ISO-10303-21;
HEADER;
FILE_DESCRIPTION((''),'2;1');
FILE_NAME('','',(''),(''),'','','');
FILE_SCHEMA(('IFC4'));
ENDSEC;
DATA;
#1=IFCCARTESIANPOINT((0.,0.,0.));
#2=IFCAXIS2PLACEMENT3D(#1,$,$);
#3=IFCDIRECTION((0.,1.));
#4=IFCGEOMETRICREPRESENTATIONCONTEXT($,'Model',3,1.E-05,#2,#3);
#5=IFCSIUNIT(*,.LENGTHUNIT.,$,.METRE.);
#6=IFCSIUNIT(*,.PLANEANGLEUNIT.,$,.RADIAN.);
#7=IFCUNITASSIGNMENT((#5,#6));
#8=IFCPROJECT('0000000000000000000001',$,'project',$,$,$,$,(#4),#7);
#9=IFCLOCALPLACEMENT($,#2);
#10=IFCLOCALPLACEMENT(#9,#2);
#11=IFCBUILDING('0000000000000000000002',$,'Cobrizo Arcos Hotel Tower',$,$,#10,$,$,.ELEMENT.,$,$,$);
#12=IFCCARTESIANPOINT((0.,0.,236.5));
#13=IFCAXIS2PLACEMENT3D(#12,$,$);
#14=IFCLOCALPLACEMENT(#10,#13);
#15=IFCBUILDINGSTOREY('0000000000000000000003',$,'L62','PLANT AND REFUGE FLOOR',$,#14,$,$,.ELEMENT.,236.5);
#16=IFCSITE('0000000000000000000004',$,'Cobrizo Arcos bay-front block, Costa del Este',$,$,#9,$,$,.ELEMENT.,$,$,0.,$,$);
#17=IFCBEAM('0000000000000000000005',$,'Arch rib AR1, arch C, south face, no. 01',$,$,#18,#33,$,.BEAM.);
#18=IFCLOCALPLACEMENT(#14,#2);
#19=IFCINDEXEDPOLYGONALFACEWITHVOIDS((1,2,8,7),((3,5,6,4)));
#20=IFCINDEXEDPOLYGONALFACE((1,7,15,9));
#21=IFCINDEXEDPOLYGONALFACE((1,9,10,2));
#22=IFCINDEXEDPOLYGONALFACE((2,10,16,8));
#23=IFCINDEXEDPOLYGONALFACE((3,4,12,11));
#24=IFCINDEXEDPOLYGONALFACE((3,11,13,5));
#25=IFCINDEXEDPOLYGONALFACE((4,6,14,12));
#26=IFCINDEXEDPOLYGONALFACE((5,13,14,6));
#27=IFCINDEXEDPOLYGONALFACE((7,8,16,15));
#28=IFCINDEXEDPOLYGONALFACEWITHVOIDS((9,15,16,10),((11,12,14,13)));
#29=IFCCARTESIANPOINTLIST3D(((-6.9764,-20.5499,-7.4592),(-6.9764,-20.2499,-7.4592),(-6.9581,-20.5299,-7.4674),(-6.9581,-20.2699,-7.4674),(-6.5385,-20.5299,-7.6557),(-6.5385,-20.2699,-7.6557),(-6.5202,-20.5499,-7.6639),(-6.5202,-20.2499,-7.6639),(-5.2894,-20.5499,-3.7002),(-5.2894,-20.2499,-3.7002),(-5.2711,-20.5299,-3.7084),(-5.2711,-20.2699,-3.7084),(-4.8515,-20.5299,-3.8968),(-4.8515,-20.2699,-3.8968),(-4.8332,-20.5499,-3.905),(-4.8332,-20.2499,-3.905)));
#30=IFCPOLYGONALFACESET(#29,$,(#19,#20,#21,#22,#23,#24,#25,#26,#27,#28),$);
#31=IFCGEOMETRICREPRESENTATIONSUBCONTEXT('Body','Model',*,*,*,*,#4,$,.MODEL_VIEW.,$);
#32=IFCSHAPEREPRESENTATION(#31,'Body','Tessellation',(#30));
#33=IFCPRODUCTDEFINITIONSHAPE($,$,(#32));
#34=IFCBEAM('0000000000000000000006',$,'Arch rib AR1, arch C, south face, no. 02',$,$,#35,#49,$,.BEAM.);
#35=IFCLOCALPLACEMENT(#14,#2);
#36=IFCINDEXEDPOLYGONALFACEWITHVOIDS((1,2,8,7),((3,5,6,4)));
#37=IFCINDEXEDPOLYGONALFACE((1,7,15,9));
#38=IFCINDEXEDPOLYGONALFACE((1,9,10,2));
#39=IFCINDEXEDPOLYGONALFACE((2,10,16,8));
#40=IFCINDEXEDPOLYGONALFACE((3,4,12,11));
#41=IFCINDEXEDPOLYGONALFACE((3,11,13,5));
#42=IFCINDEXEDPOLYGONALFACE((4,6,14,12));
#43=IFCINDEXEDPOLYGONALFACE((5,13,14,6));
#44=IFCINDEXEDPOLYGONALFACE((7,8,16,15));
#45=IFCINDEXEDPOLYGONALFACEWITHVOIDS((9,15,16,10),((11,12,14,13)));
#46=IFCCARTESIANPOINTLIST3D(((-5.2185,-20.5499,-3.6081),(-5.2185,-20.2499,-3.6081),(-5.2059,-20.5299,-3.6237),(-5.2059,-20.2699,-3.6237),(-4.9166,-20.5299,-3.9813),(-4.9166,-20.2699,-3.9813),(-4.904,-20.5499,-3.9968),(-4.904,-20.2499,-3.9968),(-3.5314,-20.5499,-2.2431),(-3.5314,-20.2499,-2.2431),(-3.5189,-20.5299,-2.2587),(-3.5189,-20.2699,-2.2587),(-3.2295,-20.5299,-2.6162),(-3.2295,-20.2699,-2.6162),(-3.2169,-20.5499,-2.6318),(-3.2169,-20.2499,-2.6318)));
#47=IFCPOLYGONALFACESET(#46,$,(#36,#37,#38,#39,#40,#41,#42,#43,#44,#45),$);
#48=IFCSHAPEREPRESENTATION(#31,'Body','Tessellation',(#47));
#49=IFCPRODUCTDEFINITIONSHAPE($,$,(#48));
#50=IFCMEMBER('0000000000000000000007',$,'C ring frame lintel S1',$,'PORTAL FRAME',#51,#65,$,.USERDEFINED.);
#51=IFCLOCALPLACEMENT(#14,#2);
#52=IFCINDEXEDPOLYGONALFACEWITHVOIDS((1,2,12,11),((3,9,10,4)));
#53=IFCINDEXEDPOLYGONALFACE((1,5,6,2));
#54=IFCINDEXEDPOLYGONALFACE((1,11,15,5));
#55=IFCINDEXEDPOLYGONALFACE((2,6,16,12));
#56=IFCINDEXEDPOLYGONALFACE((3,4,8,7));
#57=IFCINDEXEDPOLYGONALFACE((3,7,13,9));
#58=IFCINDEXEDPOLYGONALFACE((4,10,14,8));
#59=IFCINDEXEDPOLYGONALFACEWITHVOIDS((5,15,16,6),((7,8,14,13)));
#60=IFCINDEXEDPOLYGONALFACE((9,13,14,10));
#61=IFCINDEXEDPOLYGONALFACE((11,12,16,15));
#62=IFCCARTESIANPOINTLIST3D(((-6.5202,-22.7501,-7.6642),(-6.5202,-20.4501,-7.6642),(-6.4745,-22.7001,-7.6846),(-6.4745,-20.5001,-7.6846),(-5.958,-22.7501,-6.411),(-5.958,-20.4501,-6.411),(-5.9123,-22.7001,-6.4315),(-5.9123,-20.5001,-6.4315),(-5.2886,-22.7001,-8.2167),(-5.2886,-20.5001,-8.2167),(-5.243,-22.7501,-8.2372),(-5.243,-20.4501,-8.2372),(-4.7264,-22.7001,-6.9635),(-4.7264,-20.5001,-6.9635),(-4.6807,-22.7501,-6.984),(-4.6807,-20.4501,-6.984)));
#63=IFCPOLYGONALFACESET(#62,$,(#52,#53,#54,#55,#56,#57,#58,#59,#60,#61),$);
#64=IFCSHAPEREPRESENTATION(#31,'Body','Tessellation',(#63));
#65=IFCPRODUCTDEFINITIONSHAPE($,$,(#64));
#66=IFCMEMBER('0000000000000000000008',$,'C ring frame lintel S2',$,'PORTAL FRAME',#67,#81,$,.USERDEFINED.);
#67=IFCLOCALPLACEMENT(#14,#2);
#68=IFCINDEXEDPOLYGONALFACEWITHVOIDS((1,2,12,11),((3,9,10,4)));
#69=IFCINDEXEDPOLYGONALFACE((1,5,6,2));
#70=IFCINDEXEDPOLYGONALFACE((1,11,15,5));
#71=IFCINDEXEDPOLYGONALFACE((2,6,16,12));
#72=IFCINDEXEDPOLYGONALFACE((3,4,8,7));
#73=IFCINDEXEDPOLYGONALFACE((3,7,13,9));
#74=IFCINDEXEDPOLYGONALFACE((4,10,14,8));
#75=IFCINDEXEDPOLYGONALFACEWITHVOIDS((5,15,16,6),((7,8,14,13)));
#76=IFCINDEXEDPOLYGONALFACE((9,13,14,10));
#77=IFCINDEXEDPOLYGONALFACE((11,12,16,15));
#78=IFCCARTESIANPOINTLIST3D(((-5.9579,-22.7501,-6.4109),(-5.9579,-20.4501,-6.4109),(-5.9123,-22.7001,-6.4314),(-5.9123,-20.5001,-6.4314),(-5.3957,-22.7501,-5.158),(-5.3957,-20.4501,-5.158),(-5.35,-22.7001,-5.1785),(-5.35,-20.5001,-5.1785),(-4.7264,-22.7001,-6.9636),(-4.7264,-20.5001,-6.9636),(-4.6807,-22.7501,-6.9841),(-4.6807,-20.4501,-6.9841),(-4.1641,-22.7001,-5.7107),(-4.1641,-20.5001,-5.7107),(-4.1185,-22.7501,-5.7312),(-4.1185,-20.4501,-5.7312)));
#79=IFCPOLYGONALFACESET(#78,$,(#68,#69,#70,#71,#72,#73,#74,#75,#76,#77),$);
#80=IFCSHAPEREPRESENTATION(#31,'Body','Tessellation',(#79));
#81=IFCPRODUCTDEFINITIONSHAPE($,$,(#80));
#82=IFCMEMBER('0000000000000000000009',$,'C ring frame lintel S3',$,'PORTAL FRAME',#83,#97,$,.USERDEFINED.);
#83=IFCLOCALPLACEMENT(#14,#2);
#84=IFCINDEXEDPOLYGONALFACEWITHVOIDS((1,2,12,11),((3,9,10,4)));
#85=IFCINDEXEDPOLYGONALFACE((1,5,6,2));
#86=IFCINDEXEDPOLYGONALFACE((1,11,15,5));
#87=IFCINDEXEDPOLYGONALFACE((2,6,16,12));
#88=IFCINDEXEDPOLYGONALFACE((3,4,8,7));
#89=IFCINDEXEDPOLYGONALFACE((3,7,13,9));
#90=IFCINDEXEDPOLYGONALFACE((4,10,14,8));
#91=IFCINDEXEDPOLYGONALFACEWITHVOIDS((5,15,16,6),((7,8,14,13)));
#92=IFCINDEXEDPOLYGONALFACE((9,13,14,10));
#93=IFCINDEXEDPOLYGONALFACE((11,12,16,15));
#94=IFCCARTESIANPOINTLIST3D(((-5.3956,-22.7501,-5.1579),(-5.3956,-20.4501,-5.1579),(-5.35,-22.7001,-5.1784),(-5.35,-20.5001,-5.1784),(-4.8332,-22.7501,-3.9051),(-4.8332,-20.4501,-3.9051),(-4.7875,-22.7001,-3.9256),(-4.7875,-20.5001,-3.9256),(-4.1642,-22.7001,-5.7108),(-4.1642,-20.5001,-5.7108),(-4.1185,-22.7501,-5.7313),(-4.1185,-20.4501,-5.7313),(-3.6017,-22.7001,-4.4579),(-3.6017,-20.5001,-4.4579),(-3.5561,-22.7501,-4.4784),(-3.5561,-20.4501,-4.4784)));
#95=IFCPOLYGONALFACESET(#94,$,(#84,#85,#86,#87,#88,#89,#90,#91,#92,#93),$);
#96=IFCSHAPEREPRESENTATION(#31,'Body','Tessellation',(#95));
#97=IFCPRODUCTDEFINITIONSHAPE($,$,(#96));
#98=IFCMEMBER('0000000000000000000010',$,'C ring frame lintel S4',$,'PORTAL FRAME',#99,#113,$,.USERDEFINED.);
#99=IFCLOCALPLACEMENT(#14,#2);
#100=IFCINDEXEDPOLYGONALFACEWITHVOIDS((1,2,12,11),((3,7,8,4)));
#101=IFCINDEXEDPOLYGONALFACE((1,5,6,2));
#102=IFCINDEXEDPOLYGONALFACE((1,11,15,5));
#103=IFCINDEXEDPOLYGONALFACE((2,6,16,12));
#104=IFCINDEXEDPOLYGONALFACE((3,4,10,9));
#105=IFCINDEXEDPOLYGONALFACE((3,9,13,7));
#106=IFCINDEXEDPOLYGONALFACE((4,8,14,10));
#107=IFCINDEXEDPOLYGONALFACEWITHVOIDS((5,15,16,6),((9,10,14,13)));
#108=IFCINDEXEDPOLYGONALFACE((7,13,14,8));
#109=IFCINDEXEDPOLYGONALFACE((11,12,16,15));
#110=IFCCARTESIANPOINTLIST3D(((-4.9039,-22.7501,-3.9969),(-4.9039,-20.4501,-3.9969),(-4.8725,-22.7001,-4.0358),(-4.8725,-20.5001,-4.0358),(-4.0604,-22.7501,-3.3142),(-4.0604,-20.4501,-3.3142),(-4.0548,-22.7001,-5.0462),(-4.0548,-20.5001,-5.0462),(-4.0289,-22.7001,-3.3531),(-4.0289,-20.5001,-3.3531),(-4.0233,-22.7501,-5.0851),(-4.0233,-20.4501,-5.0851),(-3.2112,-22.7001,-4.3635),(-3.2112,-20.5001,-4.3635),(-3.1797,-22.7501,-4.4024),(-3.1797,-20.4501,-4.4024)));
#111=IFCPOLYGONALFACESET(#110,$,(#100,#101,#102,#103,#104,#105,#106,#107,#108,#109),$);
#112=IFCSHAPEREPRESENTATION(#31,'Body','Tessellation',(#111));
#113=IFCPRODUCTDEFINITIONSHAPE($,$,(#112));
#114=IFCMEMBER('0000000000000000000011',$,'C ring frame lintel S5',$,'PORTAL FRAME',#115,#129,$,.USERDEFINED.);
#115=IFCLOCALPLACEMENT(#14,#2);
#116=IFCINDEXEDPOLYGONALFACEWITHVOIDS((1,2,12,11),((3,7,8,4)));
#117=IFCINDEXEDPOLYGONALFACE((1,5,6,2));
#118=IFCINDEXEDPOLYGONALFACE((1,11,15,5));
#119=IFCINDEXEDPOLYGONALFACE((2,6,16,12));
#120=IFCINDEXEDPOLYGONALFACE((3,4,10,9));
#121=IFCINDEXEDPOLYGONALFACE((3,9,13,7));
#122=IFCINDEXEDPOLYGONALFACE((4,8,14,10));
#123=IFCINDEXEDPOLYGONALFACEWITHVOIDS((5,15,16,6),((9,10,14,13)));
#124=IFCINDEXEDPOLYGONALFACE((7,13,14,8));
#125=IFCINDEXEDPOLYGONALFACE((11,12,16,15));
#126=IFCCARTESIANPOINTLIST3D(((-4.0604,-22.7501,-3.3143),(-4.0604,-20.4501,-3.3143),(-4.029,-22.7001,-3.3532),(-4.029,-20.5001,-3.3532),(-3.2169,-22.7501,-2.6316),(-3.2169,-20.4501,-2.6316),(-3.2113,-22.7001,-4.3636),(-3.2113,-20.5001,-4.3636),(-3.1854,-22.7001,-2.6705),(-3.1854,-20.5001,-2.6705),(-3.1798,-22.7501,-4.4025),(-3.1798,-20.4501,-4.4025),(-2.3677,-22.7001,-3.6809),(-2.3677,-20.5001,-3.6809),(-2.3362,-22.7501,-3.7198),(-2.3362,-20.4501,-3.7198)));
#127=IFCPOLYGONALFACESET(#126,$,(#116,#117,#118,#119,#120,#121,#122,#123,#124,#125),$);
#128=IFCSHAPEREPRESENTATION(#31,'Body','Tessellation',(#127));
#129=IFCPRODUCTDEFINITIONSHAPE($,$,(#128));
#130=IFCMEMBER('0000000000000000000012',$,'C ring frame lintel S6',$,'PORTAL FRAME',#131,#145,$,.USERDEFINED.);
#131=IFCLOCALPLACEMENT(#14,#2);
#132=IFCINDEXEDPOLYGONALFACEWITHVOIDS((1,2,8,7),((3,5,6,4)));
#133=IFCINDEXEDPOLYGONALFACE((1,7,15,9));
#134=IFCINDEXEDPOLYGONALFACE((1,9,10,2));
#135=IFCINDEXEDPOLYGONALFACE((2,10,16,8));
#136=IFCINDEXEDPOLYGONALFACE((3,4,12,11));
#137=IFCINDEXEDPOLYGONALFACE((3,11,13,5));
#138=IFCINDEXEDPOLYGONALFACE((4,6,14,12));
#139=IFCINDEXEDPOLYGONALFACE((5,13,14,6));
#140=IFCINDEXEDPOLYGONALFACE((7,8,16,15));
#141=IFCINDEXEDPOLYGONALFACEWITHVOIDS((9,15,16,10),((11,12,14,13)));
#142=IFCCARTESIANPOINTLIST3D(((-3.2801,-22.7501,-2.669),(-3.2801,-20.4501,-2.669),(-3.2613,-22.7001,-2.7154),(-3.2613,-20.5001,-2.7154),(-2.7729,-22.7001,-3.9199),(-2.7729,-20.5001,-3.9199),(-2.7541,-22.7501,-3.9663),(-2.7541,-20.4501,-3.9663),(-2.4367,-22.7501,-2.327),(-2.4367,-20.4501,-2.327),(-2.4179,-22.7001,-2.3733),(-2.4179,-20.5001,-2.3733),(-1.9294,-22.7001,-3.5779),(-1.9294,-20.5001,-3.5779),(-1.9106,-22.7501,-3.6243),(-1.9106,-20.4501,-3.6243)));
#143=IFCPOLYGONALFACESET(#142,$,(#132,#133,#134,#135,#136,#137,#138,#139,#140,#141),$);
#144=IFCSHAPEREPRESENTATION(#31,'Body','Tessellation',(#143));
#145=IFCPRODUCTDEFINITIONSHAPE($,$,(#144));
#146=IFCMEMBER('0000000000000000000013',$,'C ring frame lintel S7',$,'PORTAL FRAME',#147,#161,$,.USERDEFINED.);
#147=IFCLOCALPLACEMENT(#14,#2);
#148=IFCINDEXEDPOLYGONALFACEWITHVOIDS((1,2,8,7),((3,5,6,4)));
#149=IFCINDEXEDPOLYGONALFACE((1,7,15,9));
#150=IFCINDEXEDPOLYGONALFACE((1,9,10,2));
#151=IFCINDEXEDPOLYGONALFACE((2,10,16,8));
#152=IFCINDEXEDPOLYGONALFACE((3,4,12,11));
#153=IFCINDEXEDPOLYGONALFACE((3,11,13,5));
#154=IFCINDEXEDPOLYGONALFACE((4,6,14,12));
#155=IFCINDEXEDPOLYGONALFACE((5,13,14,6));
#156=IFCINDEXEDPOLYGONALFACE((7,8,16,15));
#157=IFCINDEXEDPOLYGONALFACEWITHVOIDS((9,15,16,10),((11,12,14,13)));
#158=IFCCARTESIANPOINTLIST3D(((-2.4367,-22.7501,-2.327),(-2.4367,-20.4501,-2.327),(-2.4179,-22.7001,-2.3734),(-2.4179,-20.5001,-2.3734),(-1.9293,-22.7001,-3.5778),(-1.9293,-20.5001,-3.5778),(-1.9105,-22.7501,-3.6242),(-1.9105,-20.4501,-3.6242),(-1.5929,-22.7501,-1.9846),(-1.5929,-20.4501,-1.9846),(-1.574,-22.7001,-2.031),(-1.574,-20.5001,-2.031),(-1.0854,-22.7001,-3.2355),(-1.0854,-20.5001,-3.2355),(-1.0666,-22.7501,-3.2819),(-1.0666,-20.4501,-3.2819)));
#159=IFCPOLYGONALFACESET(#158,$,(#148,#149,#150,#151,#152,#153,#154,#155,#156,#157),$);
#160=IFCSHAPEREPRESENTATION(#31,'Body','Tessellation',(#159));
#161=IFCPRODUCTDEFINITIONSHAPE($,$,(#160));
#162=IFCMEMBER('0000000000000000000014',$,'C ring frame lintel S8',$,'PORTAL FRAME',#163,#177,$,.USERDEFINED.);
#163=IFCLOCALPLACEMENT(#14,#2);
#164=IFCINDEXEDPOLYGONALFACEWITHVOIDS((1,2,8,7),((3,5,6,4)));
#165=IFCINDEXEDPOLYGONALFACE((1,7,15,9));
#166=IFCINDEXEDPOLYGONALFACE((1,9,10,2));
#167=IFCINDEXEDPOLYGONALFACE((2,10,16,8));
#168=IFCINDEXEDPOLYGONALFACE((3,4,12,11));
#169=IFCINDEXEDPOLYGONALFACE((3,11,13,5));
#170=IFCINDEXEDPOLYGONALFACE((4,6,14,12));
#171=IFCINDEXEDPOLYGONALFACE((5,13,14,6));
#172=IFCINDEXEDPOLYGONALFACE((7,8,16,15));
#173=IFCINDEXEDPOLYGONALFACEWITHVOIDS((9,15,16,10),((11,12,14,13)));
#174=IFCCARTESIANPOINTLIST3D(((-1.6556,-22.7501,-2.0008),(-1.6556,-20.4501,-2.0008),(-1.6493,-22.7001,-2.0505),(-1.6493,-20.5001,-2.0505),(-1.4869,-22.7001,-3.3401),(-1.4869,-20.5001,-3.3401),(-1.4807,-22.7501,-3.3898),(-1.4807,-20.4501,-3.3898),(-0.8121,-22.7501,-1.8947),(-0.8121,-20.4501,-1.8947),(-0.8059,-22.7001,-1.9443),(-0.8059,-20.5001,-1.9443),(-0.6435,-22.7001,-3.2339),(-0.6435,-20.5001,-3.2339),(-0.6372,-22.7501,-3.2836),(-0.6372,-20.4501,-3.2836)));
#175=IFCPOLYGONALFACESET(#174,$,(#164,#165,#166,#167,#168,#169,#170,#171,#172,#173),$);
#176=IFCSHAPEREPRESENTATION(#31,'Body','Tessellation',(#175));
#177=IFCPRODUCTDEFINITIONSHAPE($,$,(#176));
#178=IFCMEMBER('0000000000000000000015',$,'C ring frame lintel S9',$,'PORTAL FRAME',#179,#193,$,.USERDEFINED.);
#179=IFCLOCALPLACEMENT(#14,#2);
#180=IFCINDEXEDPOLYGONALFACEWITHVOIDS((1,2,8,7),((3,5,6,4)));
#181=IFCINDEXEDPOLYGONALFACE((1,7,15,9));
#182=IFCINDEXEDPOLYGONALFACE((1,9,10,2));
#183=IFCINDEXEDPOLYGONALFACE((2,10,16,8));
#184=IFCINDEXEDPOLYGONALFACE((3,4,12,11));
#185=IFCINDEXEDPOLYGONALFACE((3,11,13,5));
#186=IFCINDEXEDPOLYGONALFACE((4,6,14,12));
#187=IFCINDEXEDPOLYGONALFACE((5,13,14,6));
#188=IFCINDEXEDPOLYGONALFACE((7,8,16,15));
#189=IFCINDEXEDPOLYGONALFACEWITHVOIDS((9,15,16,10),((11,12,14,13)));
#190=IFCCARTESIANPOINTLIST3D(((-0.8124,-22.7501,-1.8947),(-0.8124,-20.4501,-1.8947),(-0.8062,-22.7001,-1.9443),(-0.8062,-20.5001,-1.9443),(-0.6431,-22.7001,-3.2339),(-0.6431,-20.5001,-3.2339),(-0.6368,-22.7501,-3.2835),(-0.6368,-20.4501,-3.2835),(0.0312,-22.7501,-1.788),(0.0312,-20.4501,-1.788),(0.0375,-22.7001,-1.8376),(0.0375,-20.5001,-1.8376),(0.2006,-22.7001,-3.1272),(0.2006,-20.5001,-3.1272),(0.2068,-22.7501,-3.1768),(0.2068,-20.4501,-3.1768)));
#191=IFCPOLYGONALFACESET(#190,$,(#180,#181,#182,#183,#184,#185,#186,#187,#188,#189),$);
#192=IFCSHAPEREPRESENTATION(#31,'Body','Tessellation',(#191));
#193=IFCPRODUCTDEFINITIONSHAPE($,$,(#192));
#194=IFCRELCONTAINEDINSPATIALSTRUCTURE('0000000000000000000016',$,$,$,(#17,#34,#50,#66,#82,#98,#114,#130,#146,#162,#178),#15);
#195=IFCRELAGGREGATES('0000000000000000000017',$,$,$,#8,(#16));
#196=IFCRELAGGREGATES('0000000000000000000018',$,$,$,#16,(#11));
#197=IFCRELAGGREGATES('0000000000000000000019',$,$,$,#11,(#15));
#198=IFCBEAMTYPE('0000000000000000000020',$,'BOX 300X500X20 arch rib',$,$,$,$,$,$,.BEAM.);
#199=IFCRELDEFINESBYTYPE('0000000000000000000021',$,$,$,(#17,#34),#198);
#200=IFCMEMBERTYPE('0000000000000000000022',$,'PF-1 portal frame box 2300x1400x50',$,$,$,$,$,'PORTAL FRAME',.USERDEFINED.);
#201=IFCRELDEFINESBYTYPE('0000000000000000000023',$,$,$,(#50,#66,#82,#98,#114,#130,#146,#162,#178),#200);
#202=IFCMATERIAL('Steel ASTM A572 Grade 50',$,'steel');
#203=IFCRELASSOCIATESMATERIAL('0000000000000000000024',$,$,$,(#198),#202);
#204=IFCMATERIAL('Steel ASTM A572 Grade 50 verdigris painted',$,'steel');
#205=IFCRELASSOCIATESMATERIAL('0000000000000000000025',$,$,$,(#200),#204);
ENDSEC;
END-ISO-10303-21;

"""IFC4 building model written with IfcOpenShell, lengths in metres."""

from ifc_helpers import new_model, si_unit, direction, frame, origin, origin_2d, place, context, subcontext, project, spatial, hollow_rectangle, extrude, material, material_profile, profile_set, type_object, element, save


model = new_model("IFC4")

# Units and contexts
model_context = context("Model", 3, precision=1e-05, world=origin(), true_north=direction((0.0, 1.0)))
body_context = subcontext(model_context, "Body", "Model", "MODEL_VIEW")
ifc_project = project(units=[si_unit("LENGTHUNIT", "METRE"), si_unit("PLANEANGLEUNIT", "RADIAN")], contexts=[model_context])

# Site, building, storey
site_placement = place(None, origin())
site = spatial("IfcSite", under=ifc_project, at=site_placement, Name="Cobrizo Arcos bay-front block, Costa del Este", CompositionType="ELEMENT", RefElevation=0.0)
building_placement = place(site_placement, origin())
building = spatial("IfcBuilding", under=site, at=building_placement, Name="Cobrizo Arcos Hotel Tower", CompositionType="ELEMENT")
storey_placement = place(building_placement, frame((0.0, 0.0, 236.5)))
storey = spatial("IfcBuildingStorey", under=building, at=storey_placement, Name="L62", Description="PLANT AND REFUGE FLOOR", CompositionType="ELEMENT", Elevation=236.5)

# Beams
ifc_material_1 = material(Name="Steel ASTM A572 Grade 50", Category="steel")
ifc_material_profile_1 = material_profile(ifc_material_1, hollow_rectangle(XDim=0.3, YDim=0.5, WallThickness=0.02, at=origin_2d()), Name="BOX 300X500X20")
ifc_profile_set_1 = profile_set([ifc_material_profile_1], Name="Steel ASTM A572 Grade 50")
beam_type = type_object("IfcBeamType", Name="BOX 300X500X20 arch rib", PredefinedType="BEAM", material=ifc_profile_set_1)
beam_1_placement = place(storey_placement, frame((-6.7483, -20.3999, -7.5615), z_axis=(0.409445, 0.0, 0.912335), x_axis=(0.0, 1.0, 0.0)))
element("IfcBeam", 1, at=beam_1_placement, inside=storey, type_object=beam_type, Name="Arch rib AR1, arch C, south face, no. 01", PredefinedType="BEAM", context=body_context, shape_type="SweptSolid", body=[
    extrude(hollow_rectangle(XDim=0.3, YDim=0.5, WallThickness=0.02, at=origin_2d()), origin(), (0.0, 0.0, 1.0), 4.1201),
])
beam_2_placement = place(storey_placement, frame((-5.0613, -20.3999, -3.8025), z_axis=(0.777399, 0.0, 0.629007), x_axis=(0.0, 1.0, 0.0)))
element("IfcBeam", 2, at=beam_2_placement, inside=storey, type_object=beam_type, Name="Arch rib AR1, arch C, south face, no. 02", PredefinedType="BEAM", context=body_context, shape_type="SweptSolid", body=[
    extrude(hollow_rectangle(XDim=0.3, YDim=0.5, WallThickness=0.02, at=origin_2d()), origin(), (0.0, 0.0, 1.0), 2.1702),
])

# Members
ifc_material_2 = material(Name="Steel ASTM A572 Grade 50 verdigris painted", Category="steel")
ifc_material_profile_2 = material_profile(ifc_material_2, hollow_rectangle(XDim=2.3, YDim=1.3999, WallThickness=0.05, at=origin_2d()), Name="PF-1 portal frame box 2300x1400x50")
ifc_profile_set_2 = profile_set([ifc_material_profile_2], Name="Steel ASTM A572 Grade 50 verdigris painted")
member_type_1 = type_object("IfcMemberType", Name="PF-1 portal frame box 2300x1400x50", ElementType="PORTAL FRAME", PredefinedType="USERDEFINED", material=ifc_profile_set_2)
member_1_placement = place(storey_placement, frame((-5.8816, -21.6001, -7.9507), z_axis=(0.409352, 0.0, 0.912377), x_axis=(0.0, 1.0, 0.0)))
element("IfcMember", 3, at=member_1_placement, inside=storey, type_object=member_type_1, Name="C ring frame lintel S1", ObjectType="PORTAL FRAME", PredefinedType="USERDEFINED", context=body_context, shape_type="SweptSolid", body=[
    extrude(hollow_rectangle(XDim=2.3, YDim=1.3999, WallThickness=0.05, at=origin_2d()), origin(), (0.0, 0.0, 1.0), 1.3735),
])
for number, where, z_axis, x_axis, name in (
    (4, (-5.3193, -21.6001, -6.6975), (0.409418, 0.0, 0.912347), (0.0, 1.0, 0.0), "C ring frame lintel S2"),
    (5, (-4.7571, -21.6001, -5.4446), (0.409566, 0.0, 0.91228), (0.0, 1.0, 0.0), "C ring frame lintel S3"),
):
    element("IfcMember", number, at=place(storey_placement, frame(where, z_axis=z_axis, x_axis=x_axis)), inside=storey, type_object=member_type_1, Name=name, ObjectType="PORTAL FRAME", PredefinedType="USERDEFINED", context=body_context, shape_type="SweptSolid", body=[
        extrude(hollow_rectangle(XDim=2.3, YDim=1.3999, WallThickness=0.05, at=origin_2d()), origin(), (0.0, 0.0, 1.0), 1.3733),
    ])
for number, where, z_axis, x_axis, name in (
    (6, (-4.4636, -21.6001, -4.541), (0.777344, 0.0, 0.629075), (0.0, 1.0, 0.0), "C ring frame lintel S4"),
    (7, (-3.6201, -21.6001, -3.8584), (0.777344, 0.0, 0.629075), (0.0, 1.0, 0.0), "C ring frame lintel S5"),
):
    element("IfcMember", number, at=place(storey_placement, frame(where, z_axis=z_axis, x_axis=x_axis)), inside=storey, type_object=member_type_1, Name=name, ObjectType="PORTAL FRAME", PredefinedType="USERDEFINED", context=body_context, shape_type="SweptSolid", body=[
        extrude(hollow_rectangle(XDim=2.3, YDim=1.3999, WallThickness=0.05, at=origin_2d()), origin(), (0.0, 0.0, 1.0), 1.0852),
    ])
member_2_placement = place(storey_placement, frame((-3.0171, -21.6001, -3.3176), z_axis=(0.926709, 0.0, 0.37578), x_axis=(0.0, 1.0, 0.0)))
element("IfcMember", 8, at=member_2_placement, inside=storey, type_object=member_type_1, Name="C ring frame lintel S6", ObjectType="PORTAL FRAME", PredefinedType="USERDEFINED", context=body_context, shape_type="SweptSolid", body=[
    extrude(hollow_rectangle(XDim=2.3, YDim=1.3999, WallThickness=0.05, at=origin_2d()), origin(), (0.0, 0.0, 1.0), 0.9102),
])
member_3_placement = place(storey_placement, frame((-2.1736, -21.6001, -2.9756), z_axis=(0.926653, 0.0, 0.375917), x_axis=(0.0, 1.0, 0.0)))
element("IfcMember", 9, at=member_3_placement, inside=storey, type_object=member_type_1, Name="C ring frame lintel S7", ObjectType="PORTAL FRAME", PredefinedType="USERDEFINED", context=body_context, shape_type="SweptSolid", body=[
    extrude(hollow_rectangle(XDim=2.3, YDim=1.3999, WallThickness=0.05, at=origin_2d()), origin(), (0.0, 0.0, 1.0), 0.9106),
])
member_4_placement = place(storey_placement, frame((-1.5681, -21.6001, -2.6953), z_axis=(0.992167, 0.0, 0.124918), x_axis=(0.0, 1.0, 0.0)))
element("IfcMember", 10, at=member_4_placement, inside=storey, type_object=member_type_1, Name="C ring frame lintel S8", ObjectType="PORTAL FRAME", PredefinedType="USERDEFINED", context=body_context, shape_type="SweptSolid", body=[
    extrude(hollow_rectangle(XDim=2.3, YDim=1.3999, WallThickness=0.05, at=origin_2d()), origin(), (0.0, 0.0, 1.0), 0.8501),
])
for number, where, z_axis, x_axis, name in (
    (11, (-0.7246, -21.6001, -2.5891), (0.992096, 0.0, 0.125484), (0.0, 1.0, 0.0), "C ring frame lintel S9"),
):
    element("IfcMember", number, at=place(storey_placement, frame(where, z_axis=z_axis, x_axis=x_axis)), inside=storey, type_object=member_type_1, Name=name, ObjectType="PORTAL FRAME", PredefinedType="USERDEFINED", context=body_context, shape_type="SweptSolid", body=[
        extrude(hollow_rectangle(XDim=2.3, YDim=1.3999, WallThickness=0.05, at=origin_2d()), origin(), (0.0, 0.0, 1.0), 0.8503),
    ])

save(model, "model.ifc")
